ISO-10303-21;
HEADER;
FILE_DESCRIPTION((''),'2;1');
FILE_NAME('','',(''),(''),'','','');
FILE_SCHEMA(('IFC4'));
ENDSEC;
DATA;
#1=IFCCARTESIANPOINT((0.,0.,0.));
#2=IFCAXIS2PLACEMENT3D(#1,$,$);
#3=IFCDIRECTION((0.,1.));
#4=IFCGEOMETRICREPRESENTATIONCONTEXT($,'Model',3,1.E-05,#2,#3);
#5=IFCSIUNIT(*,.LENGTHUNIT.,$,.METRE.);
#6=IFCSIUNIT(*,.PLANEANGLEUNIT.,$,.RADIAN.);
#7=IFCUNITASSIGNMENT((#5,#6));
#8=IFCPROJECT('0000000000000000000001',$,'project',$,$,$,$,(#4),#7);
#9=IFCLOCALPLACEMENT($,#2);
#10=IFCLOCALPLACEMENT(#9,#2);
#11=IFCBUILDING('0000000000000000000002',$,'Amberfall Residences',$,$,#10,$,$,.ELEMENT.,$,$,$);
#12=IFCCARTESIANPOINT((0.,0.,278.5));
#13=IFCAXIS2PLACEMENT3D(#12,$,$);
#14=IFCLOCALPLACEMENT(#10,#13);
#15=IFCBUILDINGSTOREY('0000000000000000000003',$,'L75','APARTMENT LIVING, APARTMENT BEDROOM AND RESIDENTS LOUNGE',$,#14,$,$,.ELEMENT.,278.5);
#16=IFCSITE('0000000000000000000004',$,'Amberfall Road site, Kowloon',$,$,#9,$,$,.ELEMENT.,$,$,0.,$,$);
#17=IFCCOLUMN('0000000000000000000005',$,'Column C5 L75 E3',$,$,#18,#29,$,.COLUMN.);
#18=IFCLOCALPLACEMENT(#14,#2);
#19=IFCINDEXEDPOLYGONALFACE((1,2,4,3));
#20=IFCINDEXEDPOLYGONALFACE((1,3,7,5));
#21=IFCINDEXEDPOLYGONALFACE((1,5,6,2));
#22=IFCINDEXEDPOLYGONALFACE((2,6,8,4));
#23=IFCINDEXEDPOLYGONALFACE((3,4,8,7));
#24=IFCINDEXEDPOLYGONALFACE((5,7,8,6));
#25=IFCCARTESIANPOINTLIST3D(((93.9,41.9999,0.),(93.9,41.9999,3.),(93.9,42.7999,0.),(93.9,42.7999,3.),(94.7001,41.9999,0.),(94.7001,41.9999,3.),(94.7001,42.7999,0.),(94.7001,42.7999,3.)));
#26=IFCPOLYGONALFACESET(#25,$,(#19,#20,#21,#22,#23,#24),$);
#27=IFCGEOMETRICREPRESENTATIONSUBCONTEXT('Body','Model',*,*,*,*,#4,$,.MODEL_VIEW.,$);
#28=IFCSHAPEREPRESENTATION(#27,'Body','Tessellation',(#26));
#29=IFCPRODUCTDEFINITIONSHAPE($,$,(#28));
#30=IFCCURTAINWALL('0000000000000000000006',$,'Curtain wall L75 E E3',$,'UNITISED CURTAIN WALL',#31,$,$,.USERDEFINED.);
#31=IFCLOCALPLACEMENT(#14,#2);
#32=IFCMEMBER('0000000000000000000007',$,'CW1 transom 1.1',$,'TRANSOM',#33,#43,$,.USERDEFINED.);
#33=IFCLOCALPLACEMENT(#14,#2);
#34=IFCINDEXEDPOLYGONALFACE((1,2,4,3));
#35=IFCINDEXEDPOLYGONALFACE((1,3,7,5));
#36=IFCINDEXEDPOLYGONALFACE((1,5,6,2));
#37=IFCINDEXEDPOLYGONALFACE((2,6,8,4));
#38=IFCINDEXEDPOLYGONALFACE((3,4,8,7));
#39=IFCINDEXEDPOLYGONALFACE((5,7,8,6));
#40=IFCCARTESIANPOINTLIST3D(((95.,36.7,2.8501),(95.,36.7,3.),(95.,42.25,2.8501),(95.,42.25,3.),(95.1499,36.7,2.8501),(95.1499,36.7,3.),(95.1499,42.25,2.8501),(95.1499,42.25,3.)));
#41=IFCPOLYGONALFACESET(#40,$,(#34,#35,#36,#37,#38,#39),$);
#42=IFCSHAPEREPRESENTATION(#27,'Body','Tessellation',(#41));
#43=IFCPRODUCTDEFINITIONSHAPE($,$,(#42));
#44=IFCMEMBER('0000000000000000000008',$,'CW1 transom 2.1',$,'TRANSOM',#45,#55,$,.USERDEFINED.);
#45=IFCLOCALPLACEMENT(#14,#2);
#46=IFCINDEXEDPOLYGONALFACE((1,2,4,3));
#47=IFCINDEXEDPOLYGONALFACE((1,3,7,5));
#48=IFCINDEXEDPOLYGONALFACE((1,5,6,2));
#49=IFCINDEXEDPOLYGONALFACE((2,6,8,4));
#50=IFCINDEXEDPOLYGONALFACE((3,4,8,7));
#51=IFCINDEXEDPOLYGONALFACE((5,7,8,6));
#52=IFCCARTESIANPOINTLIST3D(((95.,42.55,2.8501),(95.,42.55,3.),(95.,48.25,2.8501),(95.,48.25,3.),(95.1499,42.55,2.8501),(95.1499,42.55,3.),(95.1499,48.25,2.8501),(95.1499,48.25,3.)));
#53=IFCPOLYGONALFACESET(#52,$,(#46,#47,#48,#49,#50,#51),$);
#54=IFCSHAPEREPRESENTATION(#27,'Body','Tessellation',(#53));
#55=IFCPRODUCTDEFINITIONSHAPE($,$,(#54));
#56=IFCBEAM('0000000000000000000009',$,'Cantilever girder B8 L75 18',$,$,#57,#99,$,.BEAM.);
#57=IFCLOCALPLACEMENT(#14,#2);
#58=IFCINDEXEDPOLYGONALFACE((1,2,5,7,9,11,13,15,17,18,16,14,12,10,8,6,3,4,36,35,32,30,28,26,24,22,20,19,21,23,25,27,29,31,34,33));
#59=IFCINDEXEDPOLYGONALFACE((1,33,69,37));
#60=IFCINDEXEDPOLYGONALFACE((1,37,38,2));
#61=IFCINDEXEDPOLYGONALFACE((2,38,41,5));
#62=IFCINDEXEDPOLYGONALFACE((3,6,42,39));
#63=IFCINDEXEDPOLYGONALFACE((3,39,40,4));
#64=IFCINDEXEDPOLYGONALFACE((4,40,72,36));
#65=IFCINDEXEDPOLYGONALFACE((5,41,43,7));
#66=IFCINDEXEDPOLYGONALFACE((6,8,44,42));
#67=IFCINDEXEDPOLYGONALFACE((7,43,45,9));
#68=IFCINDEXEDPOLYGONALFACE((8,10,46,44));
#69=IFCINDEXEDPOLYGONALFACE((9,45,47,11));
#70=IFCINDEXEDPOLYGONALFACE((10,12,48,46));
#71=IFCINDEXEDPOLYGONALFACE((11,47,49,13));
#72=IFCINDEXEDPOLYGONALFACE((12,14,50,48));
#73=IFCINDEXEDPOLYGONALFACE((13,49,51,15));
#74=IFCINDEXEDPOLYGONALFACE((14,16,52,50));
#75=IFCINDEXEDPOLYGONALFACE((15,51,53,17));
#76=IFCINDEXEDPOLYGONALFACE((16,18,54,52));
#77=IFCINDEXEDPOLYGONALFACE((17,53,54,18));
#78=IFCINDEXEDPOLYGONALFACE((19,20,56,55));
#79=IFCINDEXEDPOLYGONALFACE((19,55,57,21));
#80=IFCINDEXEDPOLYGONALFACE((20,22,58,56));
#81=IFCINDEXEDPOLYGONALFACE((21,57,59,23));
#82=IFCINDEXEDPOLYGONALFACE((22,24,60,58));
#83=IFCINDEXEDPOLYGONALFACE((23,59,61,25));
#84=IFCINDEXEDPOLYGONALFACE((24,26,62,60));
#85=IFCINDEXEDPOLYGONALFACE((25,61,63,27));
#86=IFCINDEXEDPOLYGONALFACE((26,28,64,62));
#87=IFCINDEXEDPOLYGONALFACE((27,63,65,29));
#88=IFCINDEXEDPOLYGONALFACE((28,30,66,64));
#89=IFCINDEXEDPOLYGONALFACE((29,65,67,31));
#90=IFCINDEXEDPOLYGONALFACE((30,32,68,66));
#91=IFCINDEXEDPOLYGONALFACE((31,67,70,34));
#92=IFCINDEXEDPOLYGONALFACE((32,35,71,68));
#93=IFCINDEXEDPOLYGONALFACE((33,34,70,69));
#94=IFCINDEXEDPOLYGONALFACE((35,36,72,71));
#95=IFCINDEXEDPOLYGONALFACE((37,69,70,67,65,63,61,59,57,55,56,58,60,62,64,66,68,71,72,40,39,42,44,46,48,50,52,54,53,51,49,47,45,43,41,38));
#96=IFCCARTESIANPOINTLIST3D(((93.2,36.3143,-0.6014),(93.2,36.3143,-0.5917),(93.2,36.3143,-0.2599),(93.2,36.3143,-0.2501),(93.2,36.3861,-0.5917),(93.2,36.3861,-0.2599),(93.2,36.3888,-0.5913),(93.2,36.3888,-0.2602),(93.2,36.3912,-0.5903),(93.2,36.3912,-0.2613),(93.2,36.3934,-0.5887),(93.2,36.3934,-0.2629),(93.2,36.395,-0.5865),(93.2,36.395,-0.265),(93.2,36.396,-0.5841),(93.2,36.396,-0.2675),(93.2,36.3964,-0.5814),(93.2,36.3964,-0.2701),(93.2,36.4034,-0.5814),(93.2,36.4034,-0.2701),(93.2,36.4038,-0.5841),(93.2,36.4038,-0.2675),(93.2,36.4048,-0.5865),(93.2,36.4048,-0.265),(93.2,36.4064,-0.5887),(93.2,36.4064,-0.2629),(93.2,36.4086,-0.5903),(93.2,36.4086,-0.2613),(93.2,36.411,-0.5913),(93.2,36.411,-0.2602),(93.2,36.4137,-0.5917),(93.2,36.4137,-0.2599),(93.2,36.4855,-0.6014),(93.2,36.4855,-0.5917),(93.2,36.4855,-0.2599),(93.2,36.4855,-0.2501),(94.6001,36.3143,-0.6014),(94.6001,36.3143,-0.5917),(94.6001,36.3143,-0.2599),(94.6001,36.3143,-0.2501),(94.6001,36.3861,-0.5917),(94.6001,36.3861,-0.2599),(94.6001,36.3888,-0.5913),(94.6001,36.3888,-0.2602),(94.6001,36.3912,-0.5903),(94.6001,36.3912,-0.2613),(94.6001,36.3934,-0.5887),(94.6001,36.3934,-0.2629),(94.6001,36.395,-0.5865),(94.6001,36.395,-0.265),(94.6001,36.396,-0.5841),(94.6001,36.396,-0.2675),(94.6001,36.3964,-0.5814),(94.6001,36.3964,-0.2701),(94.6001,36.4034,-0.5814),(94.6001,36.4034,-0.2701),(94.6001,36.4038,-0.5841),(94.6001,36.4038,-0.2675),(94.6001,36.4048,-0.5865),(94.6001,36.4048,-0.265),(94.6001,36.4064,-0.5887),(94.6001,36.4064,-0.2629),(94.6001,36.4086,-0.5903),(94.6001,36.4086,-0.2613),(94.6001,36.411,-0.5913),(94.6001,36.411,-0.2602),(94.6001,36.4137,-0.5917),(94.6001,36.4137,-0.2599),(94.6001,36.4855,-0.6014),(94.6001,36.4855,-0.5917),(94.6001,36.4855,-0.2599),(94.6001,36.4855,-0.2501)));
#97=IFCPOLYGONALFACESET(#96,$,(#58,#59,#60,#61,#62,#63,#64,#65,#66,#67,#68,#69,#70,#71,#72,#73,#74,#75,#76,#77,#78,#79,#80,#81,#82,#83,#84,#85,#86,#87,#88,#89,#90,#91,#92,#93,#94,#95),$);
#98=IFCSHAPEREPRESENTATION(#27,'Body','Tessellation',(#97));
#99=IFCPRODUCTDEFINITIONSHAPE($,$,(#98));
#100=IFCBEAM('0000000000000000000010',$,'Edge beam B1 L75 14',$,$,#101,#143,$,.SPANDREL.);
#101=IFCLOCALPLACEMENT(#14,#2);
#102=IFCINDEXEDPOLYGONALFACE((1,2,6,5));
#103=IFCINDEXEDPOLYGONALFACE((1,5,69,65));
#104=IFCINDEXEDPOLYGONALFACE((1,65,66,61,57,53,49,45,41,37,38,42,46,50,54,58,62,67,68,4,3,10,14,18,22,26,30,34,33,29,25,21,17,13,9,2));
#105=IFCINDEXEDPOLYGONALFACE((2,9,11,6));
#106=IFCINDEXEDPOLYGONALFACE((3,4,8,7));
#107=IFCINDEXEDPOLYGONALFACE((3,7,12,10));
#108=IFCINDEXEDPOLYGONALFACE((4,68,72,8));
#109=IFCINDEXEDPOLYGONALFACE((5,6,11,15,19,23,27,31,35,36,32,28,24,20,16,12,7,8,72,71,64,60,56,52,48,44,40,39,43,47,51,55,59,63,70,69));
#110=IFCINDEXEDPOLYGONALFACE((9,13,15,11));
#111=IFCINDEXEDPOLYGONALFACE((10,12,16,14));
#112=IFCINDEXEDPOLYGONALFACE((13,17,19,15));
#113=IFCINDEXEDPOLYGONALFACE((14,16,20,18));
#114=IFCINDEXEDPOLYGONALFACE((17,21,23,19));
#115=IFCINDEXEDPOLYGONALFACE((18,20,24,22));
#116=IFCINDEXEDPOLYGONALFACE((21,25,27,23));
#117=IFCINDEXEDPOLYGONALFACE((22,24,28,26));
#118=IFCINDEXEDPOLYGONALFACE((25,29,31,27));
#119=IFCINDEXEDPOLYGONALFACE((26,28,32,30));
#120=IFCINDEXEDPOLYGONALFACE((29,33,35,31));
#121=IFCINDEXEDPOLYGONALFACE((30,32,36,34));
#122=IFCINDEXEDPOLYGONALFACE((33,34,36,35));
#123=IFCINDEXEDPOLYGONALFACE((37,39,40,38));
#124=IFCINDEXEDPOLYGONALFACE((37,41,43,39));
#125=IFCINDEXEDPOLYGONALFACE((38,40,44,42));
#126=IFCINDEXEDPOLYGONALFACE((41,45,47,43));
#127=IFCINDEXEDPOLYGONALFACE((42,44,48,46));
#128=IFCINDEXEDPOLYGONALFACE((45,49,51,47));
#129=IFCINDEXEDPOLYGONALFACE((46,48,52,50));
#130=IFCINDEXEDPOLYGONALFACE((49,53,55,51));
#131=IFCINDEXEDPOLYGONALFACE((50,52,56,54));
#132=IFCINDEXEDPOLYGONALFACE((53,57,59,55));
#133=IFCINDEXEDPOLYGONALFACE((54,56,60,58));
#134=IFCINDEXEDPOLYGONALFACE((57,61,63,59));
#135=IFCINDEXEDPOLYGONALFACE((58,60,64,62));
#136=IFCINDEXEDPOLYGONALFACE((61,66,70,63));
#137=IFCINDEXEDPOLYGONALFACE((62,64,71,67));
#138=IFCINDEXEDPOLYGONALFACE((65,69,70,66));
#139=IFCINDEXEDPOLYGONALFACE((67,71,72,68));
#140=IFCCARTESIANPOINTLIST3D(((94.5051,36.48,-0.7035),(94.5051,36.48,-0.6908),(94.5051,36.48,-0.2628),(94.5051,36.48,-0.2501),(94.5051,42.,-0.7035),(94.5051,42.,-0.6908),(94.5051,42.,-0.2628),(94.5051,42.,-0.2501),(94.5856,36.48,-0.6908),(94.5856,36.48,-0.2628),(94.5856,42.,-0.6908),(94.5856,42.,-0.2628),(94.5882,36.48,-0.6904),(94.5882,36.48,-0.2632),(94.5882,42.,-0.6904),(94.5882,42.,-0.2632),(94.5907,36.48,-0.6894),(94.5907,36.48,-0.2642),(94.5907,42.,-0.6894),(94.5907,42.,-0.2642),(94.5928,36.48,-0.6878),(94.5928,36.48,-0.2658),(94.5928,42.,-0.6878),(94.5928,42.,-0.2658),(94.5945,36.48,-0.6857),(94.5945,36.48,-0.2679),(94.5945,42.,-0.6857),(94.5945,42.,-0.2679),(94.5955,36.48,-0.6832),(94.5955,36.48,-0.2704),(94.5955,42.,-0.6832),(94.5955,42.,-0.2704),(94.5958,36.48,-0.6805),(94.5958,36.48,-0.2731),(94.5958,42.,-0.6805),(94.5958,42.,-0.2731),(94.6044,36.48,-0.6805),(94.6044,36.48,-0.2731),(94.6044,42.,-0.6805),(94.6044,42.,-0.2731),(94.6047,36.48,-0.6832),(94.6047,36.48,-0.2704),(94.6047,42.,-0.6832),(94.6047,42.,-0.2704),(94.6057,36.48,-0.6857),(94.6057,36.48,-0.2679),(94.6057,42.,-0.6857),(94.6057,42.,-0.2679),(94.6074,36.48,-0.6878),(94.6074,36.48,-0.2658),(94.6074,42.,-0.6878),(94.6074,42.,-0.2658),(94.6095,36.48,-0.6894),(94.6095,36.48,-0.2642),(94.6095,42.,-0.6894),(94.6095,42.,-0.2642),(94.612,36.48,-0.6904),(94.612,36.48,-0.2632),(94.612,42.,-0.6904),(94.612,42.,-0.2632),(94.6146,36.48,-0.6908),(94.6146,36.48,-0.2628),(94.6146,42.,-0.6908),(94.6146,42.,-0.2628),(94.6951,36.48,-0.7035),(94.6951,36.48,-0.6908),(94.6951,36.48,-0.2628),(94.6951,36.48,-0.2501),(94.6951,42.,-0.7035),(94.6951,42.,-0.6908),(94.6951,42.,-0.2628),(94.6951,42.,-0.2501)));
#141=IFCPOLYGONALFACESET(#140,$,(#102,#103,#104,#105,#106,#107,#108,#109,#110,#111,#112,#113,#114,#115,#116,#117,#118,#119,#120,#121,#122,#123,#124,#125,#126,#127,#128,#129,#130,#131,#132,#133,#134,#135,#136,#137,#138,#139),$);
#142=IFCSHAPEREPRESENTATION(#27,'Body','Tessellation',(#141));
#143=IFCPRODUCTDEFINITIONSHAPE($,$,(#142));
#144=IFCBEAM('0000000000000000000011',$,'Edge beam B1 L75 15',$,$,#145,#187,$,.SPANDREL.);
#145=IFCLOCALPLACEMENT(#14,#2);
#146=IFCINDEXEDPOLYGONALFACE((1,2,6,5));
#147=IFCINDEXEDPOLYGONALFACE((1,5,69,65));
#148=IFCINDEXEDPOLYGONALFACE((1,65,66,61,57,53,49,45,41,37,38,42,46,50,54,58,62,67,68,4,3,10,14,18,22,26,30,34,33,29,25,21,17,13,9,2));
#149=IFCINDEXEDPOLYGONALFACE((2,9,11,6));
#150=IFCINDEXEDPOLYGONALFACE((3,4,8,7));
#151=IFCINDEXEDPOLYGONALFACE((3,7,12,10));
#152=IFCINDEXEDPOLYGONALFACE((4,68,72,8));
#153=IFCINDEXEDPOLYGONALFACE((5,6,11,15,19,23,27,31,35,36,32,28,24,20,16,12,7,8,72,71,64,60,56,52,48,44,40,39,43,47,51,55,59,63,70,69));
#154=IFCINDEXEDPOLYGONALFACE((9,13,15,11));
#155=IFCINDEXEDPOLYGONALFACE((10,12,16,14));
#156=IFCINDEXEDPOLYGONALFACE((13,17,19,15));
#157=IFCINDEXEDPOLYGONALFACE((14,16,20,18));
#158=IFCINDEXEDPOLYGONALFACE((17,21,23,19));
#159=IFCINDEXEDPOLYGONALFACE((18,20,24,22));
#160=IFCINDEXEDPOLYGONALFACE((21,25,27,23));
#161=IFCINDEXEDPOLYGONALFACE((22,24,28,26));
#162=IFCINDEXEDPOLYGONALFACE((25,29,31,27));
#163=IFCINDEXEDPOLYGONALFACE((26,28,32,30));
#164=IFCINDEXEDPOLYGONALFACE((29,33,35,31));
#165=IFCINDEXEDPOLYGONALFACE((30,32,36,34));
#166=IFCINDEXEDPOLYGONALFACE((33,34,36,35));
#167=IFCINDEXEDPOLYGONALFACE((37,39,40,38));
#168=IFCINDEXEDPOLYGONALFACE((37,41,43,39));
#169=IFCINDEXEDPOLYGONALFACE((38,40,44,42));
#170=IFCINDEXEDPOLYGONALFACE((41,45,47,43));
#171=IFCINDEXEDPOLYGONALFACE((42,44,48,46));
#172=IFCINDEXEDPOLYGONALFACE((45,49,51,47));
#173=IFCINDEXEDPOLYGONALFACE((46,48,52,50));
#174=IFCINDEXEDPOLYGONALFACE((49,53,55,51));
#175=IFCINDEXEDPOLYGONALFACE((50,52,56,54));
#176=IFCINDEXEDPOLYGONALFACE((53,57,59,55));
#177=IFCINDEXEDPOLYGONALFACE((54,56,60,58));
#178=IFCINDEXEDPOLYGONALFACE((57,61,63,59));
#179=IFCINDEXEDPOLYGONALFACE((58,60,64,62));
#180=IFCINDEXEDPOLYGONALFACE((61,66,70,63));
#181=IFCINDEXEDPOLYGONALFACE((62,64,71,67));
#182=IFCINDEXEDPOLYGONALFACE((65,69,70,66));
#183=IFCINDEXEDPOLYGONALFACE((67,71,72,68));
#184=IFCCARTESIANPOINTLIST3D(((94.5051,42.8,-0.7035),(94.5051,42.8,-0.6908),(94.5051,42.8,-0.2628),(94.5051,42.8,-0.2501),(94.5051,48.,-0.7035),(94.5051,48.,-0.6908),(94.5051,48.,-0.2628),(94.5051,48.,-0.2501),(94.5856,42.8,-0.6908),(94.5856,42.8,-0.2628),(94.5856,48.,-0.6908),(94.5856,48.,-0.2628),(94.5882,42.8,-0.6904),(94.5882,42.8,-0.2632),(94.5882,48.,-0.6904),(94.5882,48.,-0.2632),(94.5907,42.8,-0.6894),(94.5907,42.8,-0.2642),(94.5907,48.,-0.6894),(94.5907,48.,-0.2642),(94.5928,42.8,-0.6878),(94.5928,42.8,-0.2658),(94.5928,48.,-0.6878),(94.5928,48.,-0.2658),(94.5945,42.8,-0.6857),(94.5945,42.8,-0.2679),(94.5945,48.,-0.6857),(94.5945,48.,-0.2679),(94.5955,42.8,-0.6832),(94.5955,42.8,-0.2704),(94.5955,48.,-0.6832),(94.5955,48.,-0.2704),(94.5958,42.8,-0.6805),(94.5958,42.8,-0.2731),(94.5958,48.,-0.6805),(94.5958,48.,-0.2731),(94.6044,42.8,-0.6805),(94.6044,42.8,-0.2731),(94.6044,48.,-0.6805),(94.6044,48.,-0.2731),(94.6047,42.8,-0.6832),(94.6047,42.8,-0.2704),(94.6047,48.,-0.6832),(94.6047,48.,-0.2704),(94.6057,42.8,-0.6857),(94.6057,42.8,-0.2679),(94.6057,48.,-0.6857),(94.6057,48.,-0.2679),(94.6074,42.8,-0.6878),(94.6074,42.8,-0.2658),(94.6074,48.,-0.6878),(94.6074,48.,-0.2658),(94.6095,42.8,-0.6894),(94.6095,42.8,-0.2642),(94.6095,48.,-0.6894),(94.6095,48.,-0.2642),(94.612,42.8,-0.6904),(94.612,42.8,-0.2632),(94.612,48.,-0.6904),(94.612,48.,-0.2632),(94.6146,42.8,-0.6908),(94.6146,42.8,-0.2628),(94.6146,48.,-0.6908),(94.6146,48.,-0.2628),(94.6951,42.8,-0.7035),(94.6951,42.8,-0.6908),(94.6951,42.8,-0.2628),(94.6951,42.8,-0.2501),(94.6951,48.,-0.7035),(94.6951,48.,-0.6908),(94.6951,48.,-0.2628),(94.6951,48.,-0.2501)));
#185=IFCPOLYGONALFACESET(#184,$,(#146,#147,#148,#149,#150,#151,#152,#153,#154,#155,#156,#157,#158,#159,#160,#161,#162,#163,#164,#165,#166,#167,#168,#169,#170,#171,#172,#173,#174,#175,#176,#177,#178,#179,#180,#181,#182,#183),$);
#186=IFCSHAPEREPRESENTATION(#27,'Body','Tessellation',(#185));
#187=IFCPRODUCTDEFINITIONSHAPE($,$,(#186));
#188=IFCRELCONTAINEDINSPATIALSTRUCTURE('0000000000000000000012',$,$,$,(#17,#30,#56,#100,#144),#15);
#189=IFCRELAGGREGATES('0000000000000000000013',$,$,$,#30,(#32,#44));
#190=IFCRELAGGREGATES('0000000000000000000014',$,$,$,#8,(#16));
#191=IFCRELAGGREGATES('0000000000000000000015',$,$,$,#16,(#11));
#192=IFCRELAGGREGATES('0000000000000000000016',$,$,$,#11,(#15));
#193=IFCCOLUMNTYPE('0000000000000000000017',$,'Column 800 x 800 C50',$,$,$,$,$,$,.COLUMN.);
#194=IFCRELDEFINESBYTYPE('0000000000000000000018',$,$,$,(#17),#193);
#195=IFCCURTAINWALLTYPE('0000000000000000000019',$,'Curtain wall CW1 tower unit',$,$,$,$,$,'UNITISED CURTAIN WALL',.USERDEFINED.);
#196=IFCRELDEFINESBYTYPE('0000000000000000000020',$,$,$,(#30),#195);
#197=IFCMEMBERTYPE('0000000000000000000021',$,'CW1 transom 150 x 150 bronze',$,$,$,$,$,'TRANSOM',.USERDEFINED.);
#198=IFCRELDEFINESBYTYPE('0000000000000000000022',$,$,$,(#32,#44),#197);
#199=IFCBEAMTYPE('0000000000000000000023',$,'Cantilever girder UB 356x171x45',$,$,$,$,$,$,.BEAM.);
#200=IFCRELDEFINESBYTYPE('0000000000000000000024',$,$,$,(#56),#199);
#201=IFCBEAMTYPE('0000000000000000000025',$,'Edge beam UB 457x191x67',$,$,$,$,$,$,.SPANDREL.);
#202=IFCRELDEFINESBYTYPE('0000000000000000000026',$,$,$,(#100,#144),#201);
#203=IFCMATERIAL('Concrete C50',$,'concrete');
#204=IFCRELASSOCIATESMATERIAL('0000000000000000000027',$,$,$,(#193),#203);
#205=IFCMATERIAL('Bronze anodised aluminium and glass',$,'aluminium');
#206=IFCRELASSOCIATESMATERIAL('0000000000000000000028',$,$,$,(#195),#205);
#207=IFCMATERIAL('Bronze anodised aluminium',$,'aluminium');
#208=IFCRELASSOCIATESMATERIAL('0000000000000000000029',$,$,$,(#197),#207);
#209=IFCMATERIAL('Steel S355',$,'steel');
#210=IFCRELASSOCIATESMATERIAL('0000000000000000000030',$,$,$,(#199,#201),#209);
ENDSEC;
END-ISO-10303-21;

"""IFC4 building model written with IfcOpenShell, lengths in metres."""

from ifc_helpers import new_model, si_unit, direction, frame, origin, origin_2d, place, context, subcontext, project, spatial, rectangle, i_section, extrude, material, material_profile, profile_set, type_object, element, aggregate, save


model = new_model("IFC4")

# Units and contexts
model_context = context("Model", 3, precision=1e-05, world=origin(), true_north=direction((0.0, 1.0)))
body_context = subcontext(model_context, "Body", "Model", "MODEL_VIEW")
ifc_project = project(units=[si_unit("LENGTHUNIT", "METRE"), si_unit("PLANEANGLEUNIT", "RADIAN")], contexts=[model_context])

# Site, building, storey
site_placement = place(None, origin())
site = spatial("IfcSite", under=ifc_project, at=site_placement, Name="Amberfall Road site, Kowloon", CompositionType="ELEMENT", RefElevation=0.0)
building_placement = place(site_placement, origin())
building = spatial("IfcBuilding", under=site, at=building_placement, Name="Amberfall Residences", CompositionType="ELEMENT")
storey_placement = place(building_placement, frame((0.0, 0.0, 278.5)))
storey = spatial("IfcBuildingStorey", under=building, at=storey_placement, Name="L75", Description="APARTMENT LIVING, APARTMENT BEDROOM AND RESIDENTS LOUNGE", CompositionType="ELEMENT", Elevation=278.5)

# Column
ifc_material_1 = material(Name="Concrete C50", Category="concrete")
ifc_material_profile_1 = material_profile(ifc_material_1, rectangle(XDim=0.8, YDim=0.8, at=origin_2d()), Name="Column 800 x 800 C50")
ifc_profile_set_1 = profile_set([ifc_material_profile_1], Name="Concrete C50")
column_type = type_object("IfcColumnType", Name="Column 800 x 800 C50", PredefinedType="COLUMN", material=ifc_profile_set_1)
column_placement = place(storey_placement, frame((94.3, 42.3999, 0.0), z_axis=(0.0, 0.0, 1.0), x_axis=(1.0, 0.0, 0.0)))
element("IfcColumn", 1, at=column_placement, inside=storey, type_object=column_type, Name="Column C5 L75 E3", PredefinedType="COLUMN", context=body_context, shape_type="SweptSolid", body=[
    extrude(rectangle(XDim=0.8, YDim=0.8, at=origin_2d()), origin(), (0.0, 0.0, 1.0), 3.0),
])

# Curtain wall, members
ifc_material_2 = material(Name="Bronze anodised aluminium and glass", Category="aluminium")
curtain_wall_type = type_object("IfcCurtainWallType", Name="Curtain wall CW1 tower unit", ElementType="UNITISED CURTAIN WALL", PredefinedType="USERDEFINED", material=ifc_material_2)
curtain_wall_placement = place(storey_placement, origin())
curtain_wall = element("IfcCurtainWall", 2, at=curtain_wall_placement, inside=storey, type_object=curtain_wall_type, Name="Curtain wall L75 E E3", ObjectType="UNITISED CURTAIN WALL", PredefinedType="USERDEFINED")
ifc_material_3 = material(Name="Bronze anodised aluminium", Category="aluminium")
ifc_material_profile_2 = material_profile(ifc_material_3, rectangle(XDim=0.1499, YDim=0.1499, at=origin_2d()), Name="CW1 transom 150 x 150 bronze")
ifc_profile_set_2 = profile_set([ifc_material_profile_2], Name="Bronze anodised aluminium")
member_type_1 = type_object("IfcMemberType", Name="CW1 transom 150 x 150 bronze", ElementType="TRANSOM", PredefinedType="USERDEFINED", material=ifc_profile_set_2)
member_1_placement = place(storey_placement, frame((95.075, 36.7, 2.925), z_axis=(0.0, 1.0, 0.0), x_axis=(-1.0, 0.0, 0.0)))
member_1 = element("IfcMember", 3, at=member_1_placement, type_object=member_type_1, Name="CW1 transom 1.1", ObjectType="TRANSOM", PredefinedType="USERDEFINED", context=body_context, shape_type="SweptSolid", body=[
    extrude(rectangle(XDim=0.1499, YDim=0.1499, at=origin_2d()), origin(), (0.0, 0.0, 1.0), 5.55),
])
member_2_placement = place(storey_placement, frame((95.075, 42.55, 2.925), z_axis=(0.0, 1.0, 0.0), x_axis=(-1.0, 0.0, 0.0)))
member_2 = element("IfcMember", 4, at=member_2_placement, type_object=member_type_1, Name="CW1 transom 2.1", ObjectType="TRANSOM", PredefinedType="USERDEFINED", context=body_context, shape_type="SweptSolid", body=[
    extrude(rectangle(XDim=0.1499, YDim=0.1499, at=origin_2d()), origin(), (0.0, 0.0, 1.0), 5.7),
])

# Beams
ifc_material_4 = material(Name="Steel S355", Category="steel")
ifc_material_profile_3 = material_profile(ifc_material_4, i_section(OverallWidth=0.1711, OverallDepth=0.3513, WebThickness=0.0071, FlangeThickness=0.0098, FilletRadius=0.0103, at=origin_2d()), Name="UB 356x171x45")
ifc_profile_set_3 = profile_set([ifc_material_profile_3], Name="Steel S355")
beam_type_1 = type_object("IfcBeamType", Name="Cantilever girder UB 356x171x45", PredefinedType="BEAM", material=ifc_profile_set_3)
beam_1_placement = place(storey_placement, frame((93.2, 36.3999, -0.4258), z_axis=(1.0, 0.0, 0.0), x_axis=(0.0, 1.0, 0.0)))
element("IfcBeam", 5, at=beam_1_placement, inside=storey, type_object=beam_type_1, Name="Cantilever girder B8 L75 18", PredefinedType="BEAM", context=body_context, shape_type="SweptSolid", body=[
    extrude(i_section(OverallWidth=0.1711, OverallDepth=0.3513, WebThickness=0.0071, FlangeThickness=0.0098, FilletRadius=0.0103, at=origin_2d()), origin(), (0.0, 0.0, 1.0), 1.4001),
])
ifc_material_profile_4 = material_profile(ifc_material_4, i_section(OverallWidth=0.1899, OverallDepth=0.4534, WebThickness=0.0085, FlangeThickness=0.0127, FilletRadius=0.0103, at=origin_2d()), Name="UB 457x191x67")
ifc_profile_set_4 = profile_set([ifc_material_profile_4], Name="Steel S355")
beam_type_2 = type_object("IfcBeamType", Name="Edge beam UB 457x191x67", PredefinedType="SPANDREL", material=ifc_profile_set_4)
beam_2_placement = place(storey_placement, frame((94.6001, 36.48, -0.4768), z_axis=(0.0, 1.0, 0.0), x_axis=(-1.0, 0.0, 0.0)))
element("IfcBeam", 6, at=beam_2_placement, inside=storey, type_object=beam_type_2, Name="Edge beam B1 L75 14", PredefinedType="SPANDREL", context=body_context, shape_type="SweptSolid", body=[
    extrude(i_section(OverallWidth=0.1899, OverallDepth=0.4534, WebThickness=0.0085, FlangeThickness=0.0127, FilletRadius=0.0103, at=origin_2d()), origin(), (0.0, 0.0, 1.0), 5.52),
])
beam_3_placement = place(storey_placement, frame((94.6001, 42.8, -0.4768), z_axis=(0.0, 1.0, 0.0), x_axis=(-1.0, 0.0, 0.0)))
element("IfcBeam", 7, at=beam_3_placement, inside=storey, type_object=beam_type_2, Name="Edge beam B1 L75 15", PredefinedType="SPANDREL", context=body_context, shape_type="SweptSolid", body=[
    extrude(i_section(OverallWidth=0.1899, OverallDepth=0.4534, WebThickness=0.0085, FlangeThickness=0.0127, FilletRadius=0.0103, at=origin_2d()), origin(), (0.0, 0.0, 1.0), 5.2),
])

aggregate(curtain_wall, [member_1, member_2])

save(model, "model.ifc")
